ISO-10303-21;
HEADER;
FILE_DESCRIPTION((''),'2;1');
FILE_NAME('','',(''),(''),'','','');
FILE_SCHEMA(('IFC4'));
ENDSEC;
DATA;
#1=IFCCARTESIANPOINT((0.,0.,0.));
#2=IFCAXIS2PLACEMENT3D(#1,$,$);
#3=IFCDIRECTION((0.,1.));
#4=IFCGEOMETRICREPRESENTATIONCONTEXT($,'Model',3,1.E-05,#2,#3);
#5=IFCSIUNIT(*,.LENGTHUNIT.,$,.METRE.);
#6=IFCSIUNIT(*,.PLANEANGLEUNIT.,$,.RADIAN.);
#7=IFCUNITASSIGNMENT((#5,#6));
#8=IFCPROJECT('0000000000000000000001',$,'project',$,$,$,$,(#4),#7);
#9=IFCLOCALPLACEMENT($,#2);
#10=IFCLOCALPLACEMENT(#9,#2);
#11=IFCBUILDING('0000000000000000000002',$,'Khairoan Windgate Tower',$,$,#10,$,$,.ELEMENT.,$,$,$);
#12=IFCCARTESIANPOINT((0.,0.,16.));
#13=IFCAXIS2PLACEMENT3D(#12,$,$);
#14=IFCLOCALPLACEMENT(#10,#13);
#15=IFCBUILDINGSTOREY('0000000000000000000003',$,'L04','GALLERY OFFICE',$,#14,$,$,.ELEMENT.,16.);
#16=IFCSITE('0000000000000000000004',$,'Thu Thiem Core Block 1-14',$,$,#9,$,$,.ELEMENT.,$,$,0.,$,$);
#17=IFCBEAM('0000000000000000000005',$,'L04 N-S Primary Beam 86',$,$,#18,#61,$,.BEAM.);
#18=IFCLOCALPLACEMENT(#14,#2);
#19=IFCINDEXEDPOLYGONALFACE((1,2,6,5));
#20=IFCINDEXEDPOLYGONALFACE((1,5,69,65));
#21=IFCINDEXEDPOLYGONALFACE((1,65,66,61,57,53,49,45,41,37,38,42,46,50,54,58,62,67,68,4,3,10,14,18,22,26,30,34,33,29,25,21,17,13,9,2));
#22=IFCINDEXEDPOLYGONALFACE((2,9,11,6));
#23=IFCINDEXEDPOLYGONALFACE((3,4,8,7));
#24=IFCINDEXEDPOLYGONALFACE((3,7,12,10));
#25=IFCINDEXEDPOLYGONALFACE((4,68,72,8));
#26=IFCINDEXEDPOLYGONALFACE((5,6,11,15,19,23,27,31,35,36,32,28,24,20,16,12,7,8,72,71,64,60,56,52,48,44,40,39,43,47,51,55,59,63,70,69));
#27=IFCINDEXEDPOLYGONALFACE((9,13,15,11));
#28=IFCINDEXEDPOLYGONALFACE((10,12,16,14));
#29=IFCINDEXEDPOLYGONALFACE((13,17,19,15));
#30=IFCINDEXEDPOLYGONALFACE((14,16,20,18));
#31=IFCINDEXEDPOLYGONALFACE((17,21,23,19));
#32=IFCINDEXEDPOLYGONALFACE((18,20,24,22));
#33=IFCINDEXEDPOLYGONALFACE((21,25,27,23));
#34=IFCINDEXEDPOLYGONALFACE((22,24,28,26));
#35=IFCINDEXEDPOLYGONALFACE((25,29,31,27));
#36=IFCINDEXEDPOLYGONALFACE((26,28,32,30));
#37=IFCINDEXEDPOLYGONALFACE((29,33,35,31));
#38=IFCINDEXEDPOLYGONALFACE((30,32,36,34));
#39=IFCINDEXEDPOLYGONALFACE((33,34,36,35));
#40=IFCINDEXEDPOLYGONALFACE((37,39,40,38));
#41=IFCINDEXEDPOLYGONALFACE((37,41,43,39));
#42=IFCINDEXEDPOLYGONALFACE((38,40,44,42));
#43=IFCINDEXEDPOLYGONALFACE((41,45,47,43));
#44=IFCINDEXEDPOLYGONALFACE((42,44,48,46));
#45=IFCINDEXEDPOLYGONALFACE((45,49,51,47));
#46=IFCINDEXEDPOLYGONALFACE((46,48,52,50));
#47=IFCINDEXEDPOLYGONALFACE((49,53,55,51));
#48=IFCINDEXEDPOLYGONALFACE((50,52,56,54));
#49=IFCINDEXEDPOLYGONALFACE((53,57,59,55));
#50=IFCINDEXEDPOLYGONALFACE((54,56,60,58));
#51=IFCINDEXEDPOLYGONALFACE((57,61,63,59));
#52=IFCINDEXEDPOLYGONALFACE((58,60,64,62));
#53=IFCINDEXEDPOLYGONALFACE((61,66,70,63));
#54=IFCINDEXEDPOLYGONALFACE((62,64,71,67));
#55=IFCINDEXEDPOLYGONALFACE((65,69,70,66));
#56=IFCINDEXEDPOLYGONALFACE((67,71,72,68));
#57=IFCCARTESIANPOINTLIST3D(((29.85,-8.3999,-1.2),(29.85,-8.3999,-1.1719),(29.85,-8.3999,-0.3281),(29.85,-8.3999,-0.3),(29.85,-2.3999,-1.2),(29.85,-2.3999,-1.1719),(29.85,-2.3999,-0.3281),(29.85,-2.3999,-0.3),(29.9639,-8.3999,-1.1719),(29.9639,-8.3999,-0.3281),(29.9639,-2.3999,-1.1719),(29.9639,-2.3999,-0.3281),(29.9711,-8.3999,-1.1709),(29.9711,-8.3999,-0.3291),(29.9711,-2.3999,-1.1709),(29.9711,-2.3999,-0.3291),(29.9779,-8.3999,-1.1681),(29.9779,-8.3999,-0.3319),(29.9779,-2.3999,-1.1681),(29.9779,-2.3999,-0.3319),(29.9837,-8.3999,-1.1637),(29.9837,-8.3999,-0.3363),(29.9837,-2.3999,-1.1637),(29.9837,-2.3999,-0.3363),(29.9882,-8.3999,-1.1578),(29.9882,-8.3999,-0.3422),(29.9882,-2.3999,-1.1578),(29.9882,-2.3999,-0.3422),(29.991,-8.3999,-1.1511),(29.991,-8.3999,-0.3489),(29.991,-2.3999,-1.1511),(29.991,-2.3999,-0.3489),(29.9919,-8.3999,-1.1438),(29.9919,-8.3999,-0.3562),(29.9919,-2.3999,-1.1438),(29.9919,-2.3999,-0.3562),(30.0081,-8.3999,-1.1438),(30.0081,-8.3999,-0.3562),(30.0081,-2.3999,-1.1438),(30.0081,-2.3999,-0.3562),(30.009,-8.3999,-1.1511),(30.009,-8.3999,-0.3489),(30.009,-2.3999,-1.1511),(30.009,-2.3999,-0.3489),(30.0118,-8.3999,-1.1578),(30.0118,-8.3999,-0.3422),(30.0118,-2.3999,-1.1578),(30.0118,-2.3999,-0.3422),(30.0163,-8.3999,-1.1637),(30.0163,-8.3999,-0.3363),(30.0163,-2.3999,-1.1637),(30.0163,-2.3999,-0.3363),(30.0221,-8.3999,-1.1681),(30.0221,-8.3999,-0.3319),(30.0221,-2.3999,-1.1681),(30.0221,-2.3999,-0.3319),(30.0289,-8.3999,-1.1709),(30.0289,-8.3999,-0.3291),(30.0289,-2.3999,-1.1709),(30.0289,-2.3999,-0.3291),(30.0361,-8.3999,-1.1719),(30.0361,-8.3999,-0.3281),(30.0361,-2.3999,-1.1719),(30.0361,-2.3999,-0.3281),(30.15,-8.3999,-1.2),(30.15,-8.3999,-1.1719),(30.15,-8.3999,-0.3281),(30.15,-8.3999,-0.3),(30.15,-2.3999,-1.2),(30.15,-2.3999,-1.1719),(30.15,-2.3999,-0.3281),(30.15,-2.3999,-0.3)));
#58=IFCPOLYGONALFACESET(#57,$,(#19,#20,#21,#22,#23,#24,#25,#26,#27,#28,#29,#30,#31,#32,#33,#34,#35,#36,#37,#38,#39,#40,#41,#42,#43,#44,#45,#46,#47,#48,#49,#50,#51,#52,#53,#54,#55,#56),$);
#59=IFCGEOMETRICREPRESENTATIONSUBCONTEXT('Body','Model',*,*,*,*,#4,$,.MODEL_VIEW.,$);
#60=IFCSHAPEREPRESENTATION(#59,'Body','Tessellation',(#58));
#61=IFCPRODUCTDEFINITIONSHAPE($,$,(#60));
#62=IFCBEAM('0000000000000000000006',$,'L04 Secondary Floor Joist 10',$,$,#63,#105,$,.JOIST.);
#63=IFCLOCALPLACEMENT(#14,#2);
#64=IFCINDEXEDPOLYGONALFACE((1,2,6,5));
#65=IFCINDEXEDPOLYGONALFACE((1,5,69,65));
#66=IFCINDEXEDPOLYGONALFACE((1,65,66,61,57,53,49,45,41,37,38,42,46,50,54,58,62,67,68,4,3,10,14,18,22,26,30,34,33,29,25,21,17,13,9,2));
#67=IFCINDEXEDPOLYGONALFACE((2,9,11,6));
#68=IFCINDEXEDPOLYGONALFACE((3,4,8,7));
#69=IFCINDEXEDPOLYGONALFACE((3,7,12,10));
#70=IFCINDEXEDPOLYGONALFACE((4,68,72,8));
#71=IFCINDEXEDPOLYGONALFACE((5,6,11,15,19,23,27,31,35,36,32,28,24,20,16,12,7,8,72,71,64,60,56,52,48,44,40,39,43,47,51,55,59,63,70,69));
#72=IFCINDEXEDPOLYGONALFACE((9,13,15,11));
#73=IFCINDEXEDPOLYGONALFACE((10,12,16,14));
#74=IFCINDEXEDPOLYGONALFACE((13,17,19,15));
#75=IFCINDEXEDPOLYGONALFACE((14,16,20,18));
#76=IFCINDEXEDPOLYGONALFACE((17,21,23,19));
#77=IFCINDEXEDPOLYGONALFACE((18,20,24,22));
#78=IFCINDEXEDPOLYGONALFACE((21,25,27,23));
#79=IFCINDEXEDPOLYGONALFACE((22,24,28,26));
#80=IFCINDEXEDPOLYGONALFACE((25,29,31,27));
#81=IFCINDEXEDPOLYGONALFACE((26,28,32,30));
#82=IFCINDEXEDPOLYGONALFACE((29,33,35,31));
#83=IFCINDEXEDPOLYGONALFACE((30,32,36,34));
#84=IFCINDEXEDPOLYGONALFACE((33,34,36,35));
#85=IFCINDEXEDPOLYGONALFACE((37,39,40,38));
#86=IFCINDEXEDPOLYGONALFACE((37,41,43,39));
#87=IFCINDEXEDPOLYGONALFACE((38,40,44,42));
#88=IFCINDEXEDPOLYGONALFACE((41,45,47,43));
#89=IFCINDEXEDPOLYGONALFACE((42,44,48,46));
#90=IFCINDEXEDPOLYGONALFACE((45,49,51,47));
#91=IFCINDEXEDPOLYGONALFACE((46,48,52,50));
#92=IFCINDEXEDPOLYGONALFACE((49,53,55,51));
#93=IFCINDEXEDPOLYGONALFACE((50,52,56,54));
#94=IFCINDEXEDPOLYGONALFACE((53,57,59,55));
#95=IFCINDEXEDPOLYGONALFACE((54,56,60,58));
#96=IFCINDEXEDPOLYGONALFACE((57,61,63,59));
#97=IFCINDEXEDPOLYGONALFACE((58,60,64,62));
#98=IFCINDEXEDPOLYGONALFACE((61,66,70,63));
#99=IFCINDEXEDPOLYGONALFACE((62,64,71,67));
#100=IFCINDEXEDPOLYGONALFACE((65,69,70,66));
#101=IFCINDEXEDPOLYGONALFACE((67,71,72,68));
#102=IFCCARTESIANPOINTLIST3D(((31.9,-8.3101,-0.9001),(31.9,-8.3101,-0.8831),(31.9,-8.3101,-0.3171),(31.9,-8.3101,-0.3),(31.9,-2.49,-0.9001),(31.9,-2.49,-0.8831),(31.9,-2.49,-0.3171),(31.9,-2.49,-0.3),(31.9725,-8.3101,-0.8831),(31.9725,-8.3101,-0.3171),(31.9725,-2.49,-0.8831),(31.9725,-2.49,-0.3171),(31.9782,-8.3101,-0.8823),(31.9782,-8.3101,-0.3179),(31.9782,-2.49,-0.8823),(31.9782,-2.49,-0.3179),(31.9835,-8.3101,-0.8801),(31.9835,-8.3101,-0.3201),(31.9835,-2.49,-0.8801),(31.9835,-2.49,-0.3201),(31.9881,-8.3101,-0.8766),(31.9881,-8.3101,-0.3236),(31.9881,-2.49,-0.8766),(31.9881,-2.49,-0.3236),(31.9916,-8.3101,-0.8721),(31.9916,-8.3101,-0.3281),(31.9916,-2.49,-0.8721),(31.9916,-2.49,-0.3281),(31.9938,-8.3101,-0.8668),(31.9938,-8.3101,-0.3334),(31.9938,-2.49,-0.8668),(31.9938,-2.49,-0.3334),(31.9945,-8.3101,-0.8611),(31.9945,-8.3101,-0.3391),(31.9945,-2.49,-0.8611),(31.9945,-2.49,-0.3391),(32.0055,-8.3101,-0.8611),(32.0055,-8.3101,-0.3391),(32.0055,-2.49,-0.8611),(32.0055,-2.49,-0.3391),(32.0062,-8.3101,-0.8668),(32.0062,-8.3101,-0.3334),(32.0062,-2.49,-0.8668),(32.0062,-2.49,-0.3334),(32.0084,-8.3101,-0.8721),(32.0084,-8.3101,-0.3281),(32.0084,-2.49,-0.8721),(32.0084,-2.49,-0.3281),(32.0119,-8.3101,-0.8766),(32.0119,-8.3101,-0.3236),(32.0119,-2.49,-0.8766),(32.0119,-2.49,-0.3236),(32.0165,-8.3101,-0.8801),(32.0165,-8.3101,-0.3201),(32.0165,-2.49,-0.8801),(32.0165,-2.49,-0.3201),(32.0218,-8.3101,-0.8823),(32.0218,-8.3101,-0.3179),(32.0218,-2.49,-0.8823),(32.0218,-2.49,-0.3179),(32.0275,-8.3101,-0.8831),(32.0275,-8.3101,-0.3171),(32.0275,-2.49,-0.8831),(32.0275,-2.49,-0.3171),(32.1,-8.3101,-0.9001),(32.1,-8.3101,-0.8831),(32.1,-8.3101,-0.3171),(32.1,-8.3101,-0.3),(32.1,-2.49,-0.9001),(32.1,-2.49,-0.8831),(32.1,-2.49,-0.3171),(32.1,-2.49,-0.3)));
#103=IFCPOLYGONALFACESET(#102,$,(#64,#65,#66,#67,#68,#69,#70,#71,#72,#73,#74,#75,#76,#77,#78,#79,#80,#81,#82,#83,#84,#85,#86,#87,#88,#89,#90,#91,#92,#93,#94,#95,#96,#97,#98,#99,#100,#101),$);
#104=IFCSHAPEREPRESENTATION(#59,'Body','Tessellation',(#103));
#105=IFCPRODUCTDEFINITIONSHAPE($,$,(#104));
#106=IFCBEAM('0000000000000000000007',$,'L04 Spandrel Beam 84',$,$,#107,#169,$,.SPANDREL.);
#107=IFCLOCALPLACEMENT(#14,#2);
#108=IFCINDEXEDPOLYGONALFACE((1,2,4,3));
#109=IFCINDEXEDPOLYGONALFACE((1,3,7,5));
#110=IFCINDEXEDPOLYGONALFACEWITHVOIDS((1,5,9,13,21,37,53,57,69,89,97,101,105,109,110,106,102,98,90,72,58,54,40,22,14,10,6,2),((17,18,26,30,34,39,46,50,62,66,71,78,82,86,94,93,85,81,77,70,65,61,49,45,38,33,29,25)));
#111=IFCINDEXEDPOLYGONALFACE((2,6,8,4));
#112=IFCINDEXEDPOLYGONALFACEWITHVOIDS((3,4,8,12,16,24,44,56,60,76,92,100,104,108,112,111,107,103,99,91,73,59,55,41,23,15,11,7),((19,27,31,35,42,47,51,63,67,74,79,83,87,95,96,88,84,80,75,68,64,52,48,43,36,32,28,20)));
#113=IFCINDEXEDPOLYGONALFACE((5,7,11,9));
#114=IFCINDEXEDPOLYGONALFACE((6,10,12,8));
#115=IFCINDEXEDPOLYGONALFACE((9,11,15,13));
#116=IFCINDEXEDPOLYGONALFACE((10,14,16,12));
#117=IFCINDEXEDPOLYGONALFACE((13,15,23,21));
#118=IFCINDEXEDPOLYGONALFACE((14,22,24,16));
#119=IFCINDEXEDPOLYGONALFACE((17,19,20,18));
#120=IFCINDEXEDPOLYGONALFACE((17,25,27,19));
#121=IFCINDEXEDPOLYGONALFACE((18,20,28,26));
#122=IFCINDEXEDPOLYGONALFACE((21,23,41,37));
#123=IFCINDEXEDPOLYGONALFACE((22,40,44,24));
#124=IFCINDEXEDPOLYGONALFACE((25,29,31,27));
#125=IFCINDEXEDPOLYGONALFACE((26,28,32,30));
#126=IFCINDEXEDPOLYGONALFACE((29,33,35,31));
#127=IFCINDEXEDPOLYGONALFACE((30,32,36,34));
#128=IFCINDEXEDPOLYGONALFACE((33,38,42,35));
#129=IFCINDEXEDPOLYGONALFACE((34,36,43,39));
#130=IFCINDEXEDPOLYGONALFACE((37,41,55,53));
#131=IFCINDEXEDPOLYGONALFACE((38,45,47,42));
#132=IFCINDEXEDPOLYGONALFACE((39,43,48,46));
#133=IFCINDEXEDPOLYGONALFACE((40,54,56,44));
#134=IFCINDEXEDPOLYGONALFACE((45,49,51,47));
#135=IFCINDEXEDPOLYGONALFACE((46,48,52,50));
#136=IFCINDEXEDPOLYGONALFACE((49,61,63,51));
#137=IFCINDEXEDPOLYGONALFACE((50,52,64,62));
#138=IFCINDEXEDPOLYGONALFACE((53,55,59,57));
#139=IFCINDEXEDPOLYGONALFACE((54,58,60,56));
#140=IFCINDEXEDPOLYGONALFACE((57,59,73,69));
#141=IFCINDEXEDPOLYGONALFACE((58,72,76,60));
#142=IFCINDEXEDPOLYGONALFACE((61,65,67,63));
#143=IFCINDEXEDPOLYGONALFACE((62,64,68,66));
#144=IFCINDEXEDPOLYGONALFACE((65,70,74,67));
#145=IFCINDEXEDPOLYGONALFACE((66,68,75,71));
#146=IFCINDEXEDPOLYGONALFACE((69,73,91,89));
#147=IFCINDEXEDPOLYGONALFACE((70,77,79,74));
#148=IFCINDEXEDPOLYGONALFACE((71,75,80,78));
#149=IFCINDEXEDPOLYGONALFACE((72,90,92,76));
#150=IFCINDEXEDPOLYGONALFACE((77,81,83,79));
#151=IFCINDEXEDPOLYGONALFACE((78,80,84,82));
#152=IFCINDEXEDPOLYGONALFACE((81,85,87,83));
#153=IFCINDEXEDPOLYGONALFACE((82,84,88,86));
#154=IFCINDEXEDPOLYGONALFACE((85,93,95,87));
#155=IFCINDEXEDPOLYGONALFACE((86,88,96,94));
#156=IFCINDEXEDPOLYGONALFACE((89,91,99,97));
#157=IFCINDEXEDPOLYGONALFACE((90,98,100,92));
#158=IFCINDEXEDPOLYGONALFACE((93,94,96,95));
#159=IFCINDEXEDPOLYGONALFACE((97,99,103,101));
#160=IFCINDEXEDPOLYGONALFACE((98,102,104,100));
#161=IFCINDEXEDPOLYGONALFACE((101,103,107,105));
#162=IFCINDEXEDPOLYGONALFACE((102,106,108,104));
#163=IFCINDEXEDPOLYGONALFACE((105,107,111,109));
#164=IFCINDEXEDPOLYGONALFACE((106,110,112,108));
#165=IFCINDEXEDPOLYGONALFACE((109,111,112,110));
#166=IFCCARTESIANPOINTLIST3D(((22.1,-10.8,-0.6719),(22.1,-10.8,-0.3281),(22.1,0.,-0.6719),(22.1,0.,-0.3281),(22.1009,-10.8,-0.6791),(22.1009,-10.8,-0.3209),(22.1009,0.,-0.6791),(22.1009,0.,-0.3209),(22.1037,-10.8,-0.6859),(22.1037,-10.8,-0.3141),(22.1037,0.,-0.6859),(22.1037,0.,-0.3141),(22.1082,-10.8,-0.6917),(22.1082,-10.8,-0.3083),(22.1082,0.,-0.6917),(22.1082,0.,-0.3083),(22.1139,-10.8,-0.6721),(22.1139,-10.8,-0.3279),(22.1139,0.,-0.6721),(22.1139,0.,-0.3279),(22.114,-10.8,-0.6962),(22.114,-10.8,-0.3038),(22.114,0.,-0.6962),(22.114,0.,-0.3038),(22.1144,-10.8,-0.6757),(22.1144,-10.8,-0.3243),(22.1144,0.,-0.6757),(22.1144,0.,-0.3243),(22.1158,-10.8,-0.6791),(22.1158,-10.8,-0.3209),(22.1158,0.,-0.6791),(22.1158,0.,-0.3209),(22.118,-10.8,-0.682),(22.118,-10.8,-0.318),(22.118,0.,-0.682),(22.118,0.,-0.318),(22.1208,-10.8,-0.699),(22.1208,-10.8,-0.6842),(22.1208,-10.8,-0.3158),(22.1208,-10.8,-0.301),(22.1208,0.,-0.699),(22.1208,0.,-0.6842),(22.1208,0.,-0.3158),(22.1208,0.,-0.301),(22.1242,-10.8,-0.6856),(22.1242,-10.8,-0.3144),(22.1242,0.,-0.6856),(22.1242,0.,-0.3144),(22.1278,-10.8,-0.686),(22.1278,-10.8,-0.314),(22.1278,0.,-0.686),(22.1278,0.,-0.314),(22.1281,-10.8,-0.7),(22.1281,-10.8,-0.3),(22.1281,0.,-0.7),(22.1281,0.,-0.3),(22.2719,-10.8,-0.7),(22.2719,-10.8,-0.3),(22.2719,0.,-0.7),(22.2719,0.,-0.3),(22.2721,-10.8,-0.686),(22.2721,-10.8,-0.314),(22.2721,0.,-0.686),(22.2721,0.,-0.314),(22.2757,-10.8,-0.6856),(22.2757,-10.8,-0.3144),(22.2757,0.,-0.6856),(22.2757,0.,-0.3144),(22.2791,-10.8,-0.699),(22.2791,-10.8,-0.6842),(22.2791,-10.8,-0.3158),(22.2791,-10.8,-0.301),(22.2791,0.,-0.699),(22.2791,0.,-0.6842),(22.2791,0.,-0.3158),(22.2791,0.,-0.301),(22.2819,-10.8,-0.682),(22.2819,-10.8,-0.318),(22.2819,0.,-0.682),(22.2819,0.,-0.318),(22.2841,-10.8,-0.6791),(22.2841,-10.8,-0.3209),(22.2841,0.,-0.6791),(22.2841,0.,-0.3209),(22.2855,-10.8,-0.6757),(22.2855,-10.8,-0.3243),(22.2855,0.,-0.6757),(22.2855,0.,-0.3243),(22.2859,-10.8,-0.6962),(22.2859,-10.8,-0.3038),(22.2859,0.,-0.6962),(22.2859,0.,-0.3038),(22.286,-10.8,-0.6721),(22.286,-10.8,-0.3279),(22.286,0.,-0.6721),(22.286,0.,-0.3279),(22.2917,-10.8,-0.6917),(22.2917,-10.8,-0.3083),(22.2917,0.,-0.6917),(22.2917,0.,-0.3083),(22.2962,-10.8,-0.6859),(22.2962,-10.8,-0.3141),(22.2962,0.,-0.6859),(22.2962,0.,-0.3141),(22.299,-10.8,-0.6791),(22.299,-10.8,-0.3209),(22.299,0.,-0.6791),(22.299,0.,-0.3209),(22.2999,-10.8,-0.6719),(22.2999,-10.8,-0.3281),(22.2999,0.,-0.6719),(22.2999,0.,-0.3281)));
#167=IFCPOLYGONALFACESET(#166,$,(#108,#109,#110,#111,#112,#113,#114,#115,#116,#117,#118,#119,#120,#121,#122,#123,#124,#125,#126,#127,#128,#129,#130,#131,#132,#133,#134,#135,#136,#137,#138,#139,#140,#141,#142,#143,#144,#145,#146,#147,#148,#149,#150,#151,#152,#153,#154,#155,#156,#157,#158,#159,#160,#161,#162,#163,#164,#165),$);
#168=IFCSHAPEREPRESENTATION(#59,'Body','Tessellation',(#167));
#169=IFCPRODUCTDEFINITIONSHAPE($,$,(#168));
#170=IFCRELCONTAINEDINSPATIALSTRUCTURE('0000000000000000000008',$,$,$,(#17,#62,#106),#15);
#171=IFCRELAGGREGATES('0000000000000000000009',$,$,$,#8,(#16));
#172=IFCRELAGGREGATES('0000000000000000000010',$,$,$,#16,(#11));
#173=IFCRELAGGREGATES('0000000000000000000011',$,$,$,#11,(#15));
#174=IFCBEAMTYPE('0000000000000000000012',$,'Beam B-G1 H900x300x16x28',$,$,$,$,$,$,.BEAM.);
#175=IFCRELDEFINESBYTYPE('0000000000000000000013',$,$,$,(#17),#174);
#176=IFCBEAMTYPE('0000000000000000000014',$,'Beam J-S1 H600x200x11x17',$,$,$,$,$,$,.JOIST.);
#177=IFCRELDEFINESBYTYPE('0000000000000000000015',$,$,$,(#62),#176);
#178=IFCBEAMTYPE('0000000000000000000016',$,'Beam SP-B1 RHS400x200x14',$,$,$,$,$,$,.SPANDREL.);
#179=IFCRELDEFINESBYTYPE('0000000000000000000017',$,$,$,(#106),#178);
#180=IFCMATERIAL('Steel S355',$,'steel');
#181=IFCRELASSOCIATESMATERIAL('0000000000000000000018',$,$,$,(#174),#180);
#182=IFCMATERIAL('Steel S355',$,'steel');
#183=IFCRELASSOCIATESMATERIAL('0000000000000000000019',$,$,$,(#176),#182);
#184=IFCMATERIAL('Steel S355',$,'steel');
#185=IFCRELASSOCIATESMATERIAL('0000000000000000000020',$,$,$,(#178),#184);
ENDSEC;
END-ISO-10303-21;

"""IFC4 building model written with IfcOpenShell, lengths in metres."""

from ifc_helpers import new_model, si_unit, direction, frame, origin, origin_2d, place, context, subcontext, project, spatial, hollow_rectangle, i_section, extrude, material, material_profile, profile_set, type_object, element, save


model = new_model("IFC4")

# Units and contexts
model_context = context("Model", 3, precision=1e-05, world=origin(), true_north=direction((0.0, 1.0)))
body_context = subcontext(model_context, "Body", "Model", "MODEL_VIEW")
ifc_project = project(units=[si_unit("LENGTHUNIT", "METRE"), si_unit("PLANEANGLEUNIT", "RADIAN")], contexts=[model_context])

# Site, building, storey
site_placement = place(None, origin())
site = spatial("IfcSite", under=ifc_project, at=site_placement, Name="Thu Thiem Core Block 1-14", CompositionType="ELEMENT", RefElevation=0.0)
building_placement = place(site_placement, origin())
building = spatial("IfcBuilding", under=site, at=building_placement, Name="Khairoan Windgate Tower", CompositionType="ELEMENT")
storey_placement = place(building_placement, frame((0.0, 0.0, 16.0)))
storey = spatial("IfcBuildingStorey", under=building, at=storey_placement, Name="L04", Description="GALLERY OFFICE", CompositionType="ELEMENT", Elevation=16.0)

# Beams
ifc_material_1 = material(Name="Steel S355", Category="steel")
ifc_material_profile_1 = material_profile(ifc_material_1, i_section(OverallWidth=0.3, OverallDepth=0.8999, WebThickness=0.0161, FlangeThickness=0.0281, FilletRadius=0.0281, at=origin_2d()))
ifc_profile_set_1 = profile_set([ifc_material_profile_1], Name="Steel S355")
beam_type_1 = type_object("IfcBeamType", Name="Beam B-G1 H900x300x16x28", PredefinedType="BEAM", material=ifc_profile_set_1)
beam_1_placement = place(storey_placement, frame((30.0, -8.3999, -0.75), z_axis=(0.0, 1.0, 0.0), x_axis=(-1.0, 0.0, 0.0)))
element("IfcBeam", 1, at=beam_1_placement, inside=storey, type_object=beam_type_1, Name="L04 N-S Primary Beam 86", PredefinedType="BEAM", context=body_context, shape_type="SweptSolid", body=[
    extrude(i_section(OverallWidth=0.3, OverallDepth=0.8999, WebThickness=0.0161, FlangeThickness=0.0281, FilletRadius=0.0281, at=origin_2d()), origin(), (0.0, 0.0, 1.0), 6.0),
])
ifc_material_2 = material(Name="Steel S355", Category="steel")
ifc_material_profile_2 = material_profile(ifc_material_2, i_section(OverallWidth=0.2, OverallDepth=0.6001, WebThickness=0.011, FlangeThickness=0.0171, FilletRadius=0.022, at=origin_2d()))
ifc_profile_set_2 = profile_set([ifc_material_profile_2], Name="Steel S355")
beam_type_2 = type_object("IfcBeamType", Name="Beam J-S1 H600x200x11x17", PredefinedType="JOIST", material=ifc_profile_set_2)
beam_2_placement = place(storey_placement, frame((32.0, -8.3101, -0.6001), z_axis=(0.0, 1.0, 0.0), x_axis=(-1.0, 0.0, 0.0)))
element("IfcBeam", 2, at=beam_2_placement, inside=storey, type_object=beam_type_2, Name="L04 Secondary Floor Joist 10", PredefinedType="JOIST", context=body_context, shape_type="SweptSolid", body=[
    extrude(i_section(OverallWidth=0.2, OverallDepth=0.6001, WebThickness=0.011, FlangeThickness=0.0171, FilletRadius=0.022, at=origin_2d()), origin(), (0.0, 0.0, 1.0), 5.8201),
])
ifc_material_3 = material(Name="Steel S355", Category="steel")
ifc_material_profile_3 = material_profile(ifc_material_3, hollow_rectangle(XDim=0.2, YDim=0.3999, WallThickness=0.0139, InnerFilletRadius=0.0139, OuterFilletRadius=0.0281, at=origin_2d()))
ifc_profile_set_3 = profile_set([ifc_material_profile_3], Name="Steel S355")
beam_type_3 = type_object("IfcBeamType", Name="Beam SP-B1 RHS400x200x14", PredefinedType="SPANDREL", material=ifc_profile_set_3)
beam_3_placement = place(storey_placement, frame((22.2, -10.8, -0.5), z_axis=(0.0, 1.0, 0.0), x_axis=(-1.0, 0.0, 0.0)))
element("IfcBeam", 3, at=beam_3_placement, inside=storey, type_object=beam_type_3, Name="L04 Spandrel Beam 84", PredefinedType="SPANDREL", context=body_context, shape_type="SweptSolid", body=[
    extrude(hollow_rectangle(XDim=0.2, YDim=0.3999, WallThickness=0.0139, InnerFilletRadius=0.0139, OuterFilletRadius=0.0281, at=origin_2d()), origin(), (0.0, 0.0, 1.0), 10.8),
])

save(model, "model.ifc")
